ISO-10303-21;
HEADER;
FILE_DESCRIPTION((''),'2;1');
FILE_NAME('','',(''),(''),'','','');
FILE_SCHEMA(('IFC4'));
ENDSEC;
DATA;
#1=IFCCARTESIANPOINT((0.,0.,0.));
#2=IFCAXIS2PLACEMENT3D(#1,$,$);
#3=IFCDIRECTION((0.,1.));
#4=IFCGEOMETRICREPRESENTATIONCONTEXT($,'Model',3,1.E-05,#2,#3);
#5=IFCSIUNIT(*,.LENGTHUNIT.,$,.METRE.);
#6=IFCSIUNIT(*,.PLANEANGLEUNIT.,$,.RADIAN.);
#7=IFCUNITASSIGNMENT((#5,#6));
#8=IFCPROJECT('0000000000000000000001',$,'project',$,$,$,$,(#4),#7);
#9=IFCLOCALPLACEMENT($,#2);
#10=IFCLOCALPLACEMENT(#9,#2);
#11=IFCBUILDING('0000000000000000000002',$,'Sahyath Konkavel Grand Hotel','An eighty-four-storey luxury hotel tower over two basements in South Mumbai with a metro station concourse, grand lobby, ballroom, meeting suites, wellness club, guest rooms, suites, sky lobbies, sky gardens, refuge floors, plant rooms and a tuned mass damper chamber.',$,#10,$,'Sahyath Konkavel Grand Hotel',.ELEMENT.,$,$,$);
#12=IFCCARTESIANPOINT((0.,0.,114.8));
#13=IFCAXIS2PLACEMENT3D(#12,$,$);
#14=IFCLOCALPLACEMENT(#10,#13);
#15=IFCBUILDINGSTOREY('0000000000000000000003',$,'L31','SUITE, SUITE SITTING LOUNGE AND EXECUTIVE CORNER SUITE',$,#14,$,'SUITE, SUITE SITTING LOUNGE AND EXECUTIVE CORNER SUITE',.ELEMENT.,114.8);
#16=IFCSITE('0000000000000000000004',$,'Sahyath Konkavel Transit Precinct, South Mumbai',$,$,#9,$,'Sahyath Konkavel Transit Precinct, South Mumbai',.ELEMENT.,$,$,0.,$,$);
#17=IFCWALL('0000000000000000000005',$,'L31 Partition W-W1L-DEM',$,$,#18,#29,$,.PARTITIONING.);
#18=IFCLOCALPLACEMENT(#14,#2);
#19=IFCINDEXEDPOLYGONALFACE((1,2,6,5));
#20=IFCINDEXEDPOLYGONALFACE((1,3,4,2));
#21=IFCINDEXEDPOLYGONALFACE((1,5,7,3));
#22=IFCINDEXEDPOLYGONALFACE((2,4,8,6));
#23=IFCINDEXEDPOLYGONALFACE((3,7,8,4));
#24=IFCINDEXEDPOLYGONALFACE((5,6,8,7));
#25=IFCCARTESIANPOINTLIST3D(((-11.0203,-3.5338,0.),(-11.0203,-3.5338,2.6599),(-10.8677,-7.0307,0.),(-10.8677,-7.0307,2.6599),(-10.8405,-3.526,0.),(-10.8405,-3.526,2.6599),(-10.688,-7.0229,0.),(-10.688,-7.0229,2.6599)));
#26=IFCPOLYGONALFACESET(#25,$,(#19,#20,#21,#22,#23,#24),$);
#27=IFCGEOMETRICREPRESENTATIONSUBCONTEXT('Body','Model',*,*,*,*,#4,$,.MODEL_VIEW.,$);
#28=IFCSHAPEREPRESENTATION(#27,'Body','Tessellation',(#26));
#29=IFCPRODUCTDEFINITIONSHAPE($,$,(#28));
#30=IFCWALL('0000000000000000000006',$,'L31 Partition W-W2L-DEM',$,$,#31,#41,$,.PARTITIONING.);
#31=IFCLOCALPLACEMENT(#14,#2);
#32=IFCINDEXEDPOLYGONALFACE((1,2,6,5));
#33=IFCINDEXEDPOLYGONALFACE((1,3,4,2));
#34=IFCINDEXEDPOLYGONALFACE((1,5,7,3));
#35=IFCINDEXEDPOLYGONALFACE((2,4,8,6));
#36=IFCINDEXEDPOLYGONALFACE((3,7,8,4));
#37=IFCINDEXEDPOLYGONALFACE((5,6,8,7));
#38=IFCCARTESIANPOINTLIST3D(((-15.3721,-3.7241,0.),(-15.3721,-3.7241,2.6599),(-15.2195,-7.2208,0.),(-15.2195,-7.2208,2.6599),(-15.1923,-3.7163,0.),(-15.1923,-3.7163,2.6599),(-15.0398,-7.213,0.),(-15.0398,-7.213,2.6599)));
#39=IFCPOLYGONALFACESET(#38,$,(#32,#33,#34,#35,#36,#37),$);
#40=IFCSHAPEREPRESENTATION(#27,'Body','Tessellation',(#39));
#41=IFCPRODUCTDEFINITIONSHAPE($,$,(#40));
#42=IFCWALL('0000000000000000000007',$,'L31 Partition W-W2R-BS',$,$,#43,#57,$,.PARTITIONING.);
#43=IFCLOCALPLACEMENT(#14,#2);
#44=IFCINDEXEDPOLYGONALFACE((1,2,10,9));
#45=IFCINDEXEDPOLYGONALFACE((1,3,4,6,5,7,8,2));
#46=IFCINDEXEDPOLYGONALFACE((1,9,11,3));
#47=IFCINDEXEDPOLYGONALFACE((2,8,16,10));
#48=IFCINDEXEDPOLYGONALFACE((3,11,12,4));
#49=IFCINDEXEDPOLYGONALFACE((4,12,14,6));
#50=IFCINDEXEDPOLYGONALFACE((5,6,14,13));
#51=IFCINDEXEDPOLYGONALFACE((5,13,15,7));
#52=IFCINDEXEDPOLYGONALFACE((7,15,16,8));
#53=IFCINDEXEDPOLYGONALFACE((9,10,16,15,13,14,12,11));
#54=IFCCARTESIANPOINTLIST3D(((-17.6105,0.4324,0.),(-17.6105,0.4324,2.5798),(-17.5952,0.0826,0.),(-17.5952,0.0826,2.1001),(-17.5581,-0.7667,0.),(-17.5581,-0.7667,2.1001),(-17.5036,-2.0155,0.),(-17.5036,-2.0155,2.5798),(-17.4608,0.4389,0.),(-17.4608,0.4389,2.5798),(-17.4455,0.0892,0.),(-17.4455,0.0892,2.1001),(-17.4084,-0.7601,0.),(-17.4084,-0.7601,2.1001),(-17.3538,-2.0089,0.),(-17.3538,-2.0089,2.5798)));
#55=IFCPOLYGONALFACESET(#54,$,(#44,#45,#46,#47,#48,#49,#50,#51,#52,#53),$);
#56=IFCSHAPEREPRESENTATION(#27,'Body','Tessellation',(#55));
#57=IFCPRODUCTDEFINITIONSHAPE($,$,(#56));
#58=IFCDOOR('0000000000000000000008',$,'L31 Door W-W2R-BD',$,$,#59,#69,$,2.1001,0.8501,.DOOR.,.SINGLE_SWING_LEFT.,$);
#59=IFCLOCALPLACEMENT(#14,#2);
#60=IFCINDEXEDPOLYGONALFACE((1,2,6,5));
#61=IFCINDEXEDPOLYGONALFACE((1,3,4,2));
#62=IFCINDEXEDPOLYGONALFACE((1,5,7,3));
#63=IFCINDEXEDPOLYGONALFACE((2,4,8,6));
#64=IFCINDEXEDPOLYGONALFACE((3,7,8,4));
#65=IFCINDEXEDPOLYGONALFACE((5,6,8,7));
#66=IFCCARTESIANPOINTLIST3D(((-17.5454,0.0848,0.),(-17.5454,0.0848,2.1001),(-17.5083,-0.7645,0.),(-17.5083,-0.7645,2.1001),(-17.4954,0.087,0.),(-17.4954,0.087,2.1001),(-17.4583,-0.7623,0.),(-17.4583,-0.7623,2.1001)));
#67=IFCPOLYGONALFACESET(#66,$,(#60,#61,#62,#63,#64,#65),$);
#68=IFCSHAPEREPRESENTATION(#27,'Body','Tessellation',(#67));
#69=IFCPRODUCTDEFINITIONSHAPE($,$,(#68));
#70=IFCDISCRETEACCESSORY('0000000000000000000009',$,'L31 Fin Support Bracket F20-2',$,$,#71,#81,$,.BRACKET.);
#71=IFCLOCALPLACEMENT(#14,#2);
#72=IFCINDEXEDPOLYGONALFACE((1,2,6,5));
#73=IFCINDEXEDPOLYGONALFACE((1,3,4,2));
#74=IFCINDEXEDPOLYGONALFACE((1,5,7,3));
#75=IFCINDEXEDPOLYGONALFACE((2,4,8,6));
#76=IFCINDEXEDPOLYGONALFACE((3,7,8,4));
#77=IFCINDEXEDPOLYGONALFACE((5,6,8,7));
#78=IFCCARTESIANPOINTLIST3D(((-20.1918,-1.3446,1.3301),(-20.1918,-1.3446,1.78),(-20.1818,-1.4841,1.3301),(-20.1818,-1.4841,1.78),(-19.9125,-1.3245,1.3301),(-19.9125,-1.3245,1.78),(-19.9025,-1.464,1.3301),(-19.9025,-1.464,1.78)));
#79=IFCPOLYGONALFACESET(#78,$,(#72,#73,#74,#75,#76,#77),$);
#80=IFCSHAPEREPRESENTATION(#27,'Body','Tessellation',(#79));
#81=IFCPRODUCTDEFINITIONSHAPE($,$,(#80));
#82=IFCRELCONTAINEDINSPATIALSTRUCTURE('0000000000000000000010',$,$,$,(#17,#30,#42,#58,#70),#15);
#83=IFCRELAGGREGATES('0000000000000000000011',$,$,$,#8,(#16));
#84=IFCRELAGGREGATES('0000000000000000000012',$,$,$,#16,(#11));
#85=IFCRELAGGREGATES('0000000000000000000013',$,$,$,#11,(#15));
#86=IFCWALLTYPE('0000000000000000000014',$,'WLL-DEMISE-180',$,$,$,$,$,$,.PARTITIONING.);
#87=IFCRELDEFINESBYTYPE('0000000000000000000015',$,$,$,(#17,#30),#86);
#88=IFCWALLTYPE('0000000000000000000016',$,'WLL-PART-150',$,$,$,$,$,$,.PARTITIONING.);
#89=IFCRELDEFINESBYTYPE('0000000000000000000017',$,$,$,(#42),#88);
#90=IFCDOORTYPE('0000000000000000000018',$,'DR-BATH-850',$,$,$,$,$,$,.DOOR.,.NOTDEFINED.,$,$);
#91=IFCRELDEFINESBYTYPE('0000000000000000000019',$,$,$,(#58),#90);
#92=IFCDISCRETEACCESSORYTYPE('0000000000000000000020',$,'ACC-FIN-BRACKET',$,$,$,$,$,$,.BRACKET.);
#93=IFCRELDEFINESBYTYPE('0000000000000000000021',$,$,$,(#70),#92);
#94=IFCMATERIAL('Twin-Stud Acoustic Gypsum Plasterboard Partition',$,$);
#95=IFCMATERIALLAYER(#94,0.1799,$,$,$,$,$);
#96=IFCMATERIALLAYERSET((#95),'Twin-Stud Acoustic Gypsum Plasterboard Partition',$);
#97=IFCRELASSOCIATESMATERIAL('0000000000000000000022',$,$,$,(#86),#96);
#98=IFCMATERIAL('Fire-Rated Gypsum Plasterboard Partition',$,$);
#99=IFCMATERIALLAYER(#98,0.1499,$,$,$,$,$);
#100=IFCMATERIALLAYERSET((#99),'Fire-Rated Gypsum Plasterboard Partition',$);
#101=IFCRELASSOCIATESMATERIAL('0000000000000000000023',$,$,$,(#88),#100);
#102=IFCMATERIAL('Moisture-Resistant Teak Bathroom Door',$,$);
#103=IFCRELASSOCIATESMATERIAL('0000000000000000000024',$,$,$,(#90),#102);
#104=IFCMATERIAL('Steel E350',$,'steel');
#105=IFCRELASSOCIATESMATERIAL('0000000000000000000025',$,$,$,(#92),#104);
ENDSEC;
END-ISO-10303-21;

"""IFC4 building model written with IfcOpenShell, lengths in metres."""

from ifc_helpers import new_model, si_unit, direction, frame, frame_2d, origin, origin_2d, place, context, subcontext, project, spatial, rectangle, extrude, source, transform, mapped, material, layer, layer_set, type_object, element, fill, save


model = new_model("IFC4")

# Units and contexts
model_context = context("Model", 3, precision=1e-05, world=origin(), true_north=direction((0.0, 1.0)))
body_context = subcontext(model_context, "Body", "Model", "MODEL_VIEW")
ifc_project = project(units=[si_unit("LENGTHUNIT", "METRE"), si_unit("PLANEANGLEUNIT", "RADIAN")], contexts=[model_context])

# Site, building, storey
site_placement = place(None, origin())
site = spatial("IfcSite", under=ifc_project, at=site_placement, Name="Sahyath Konkavel Transit Precinct, South Mumbai", LongName="Sahyath Konkavel Transit Precinct, South Mumbai", CompositionType="ELEMENT", RefElevation=0.0)
building_placement = place(site_placement, origin())
building = spatial("IfcBuilding", under=site, at=building_placement, Name="Sahyath Konkavel Grand Hotel", Description="An eighty-four-storey luxury hotel tower over two basements in South Mumbai with a metro station concourse, grand lobby, ballroom, meeting suites, wellness club, guest rooms, suites, sky lobbies, sky gardens, refuge floors, plant rooms and a tuned mass damper chamber.", LongName="Sahyath Konkavel Grand Hotel", CompositionType="ELEMENT")
storey_placement = place(building_placement, frame((0.0, 0.0, 114.8)))
storey = spatial("IfcBuildingStorey", under=building, at=storey_placement, Name="L31", Description="SUITE, SUITE SITTING LOUNGE AND EXECUTIVE CORNER SUITE", LongName="SUITE, SUITE SITTING LOUNGE AND EXECUTIVE CORNER SUITE", CompositionType="ELEMENT", Elevation=114.8)

# Shared definitions
ifc_material_1 = material(Name="Steel E350", Category="steel")

# Walls
ifc_material_2 = material(Name="Twin-Stud Acoustic Gypsum Plasterboard Partition")
ifc_layer_1 = layer(ifc_material_2, 0.1799)
ifc_layer_set_1 = layer_set([ifc_layer_1], Name="Twin-Stud Acoustic Gypsum Plasterboard Partition")
wall_type_1 = type_object("IfcWallType", Name="WLL-DEMISE-180", PredefinedType="PARTITIONING", material=ifc_layer_set_1)
wall_1_placement = place(storey_placement, frame((-10.9304, -3.53, 0.0), z_axis=(0.0, 0.0, 1.0), x_axis=(0.043595, -0.999049, 0.0)))
element("IfcWall", 1, at=wall_1_placement, inside=storey, type_object=wall_type_1, Name="L31 Partition W-W1L-DEM", PredefinedType="PARTITIONING", context=body_context, shape_type="SweptSolid", body=[
    extrude(rectangle(XDim=3.5002, YDim=0.1799, at=frame_2d((1.75, 0.0))), origin(), (0.0, 0.0, 1.0), 2.6599),
])
wall_2_placement = place(storey_placement, frame((-15.2822, -3.7202, 0.0), z_axis=(0.0, 0.0, 1.0), x_axis=(0.043598, -0.999049, 0.0)))
element("IfcWall", 2, at=wall_2_placement, inside=storey, type_object=wall_type_1, Name="L31 Partition W-W2L-DEM", PredefinedType="PARTITIONING", context=body_context, shape_type="SweptSolid", body=[
    extrude(rectangle(XDim=3.5, YDim=0.1799, at=frame_2d((1.75, 0.0))), origin(), (0.0, 0.0, 1.0), 2.6599),
])

# Wall, opening, door
ifc_material_3 = material(Name="Fire-Rated Gypsum Plasterboard Partition")
ifc_layer_2 = layer(ifc_material_3, 0.1499)
ifc_layer_set_2 = layer_set([ifc_layer_2], Name="Fire-Rated Gypsum Plasterboard Partition")
wall_type_2 = type_object("IfcWallType", Name="WLL-PART-150", PredefinedType="PARTITIONING", material=ifc_layer_set_2)
wall_3_placement = place(storey_placement, frame((-17.4287, -2.0122, 0.0), z_axis=(0.0, 0.0, 1.0), x_axis=(-0.043645, 0.999047, 0.0)))
wall_3 = element("IfcWall", 3, at=wall_3_placement, inside=storey, type_object=wall_type_2, Name="L31 Partition W-W2R-BS", PredefinedType="PARTITIONING", context=body_context, shape_type="SweptSolid", body=[
    extrude(rectangle(XDim=2.4502, YDim=0.1499, at=frame_2d((1.2251, 0.0))), origin(), (0.0, 0.0, 1.0), 2.5798),
])
opening_placement = place(wall_3_placement, frame((1.25, 0.0, 0.0)))
opening = element("IfcOpeningElement", 4, at=opening_placement, cuts=wall_3, PredefinedType="OPENING", context=body_context, shape_type="SweptSolid", body=[
    extrude(rectangle(XDim=0.8501, YDim=2.1001, at=frame_2d((0.425, 1.05))), frame((0.0, 0.085, 0.0), z_axis=(0.0, -1.0, 0.0), x_axis=(1.0, 0.0, 0.0)), (0.0, 0.0, 1.0), 0.1699),
])
ifc_material_4 = material(Name="Moisture-Resistant Teak Bathroom Door")
door_type = type_object("IfcDoorType", Name="DR-BATH-850", OperationType="NOTDEFINED", PredefinedType="DOOR", material=ifc_material_4)
shared_shape_1 = source(origin(), body_context, "Body", "SweptSolid", [
    extrude(rectangle(XDim=0.8501, YDim=0.05, at=origin_2d()), origin(), (0.0, 0.0, 1.0), 2.1001),
])
door_placement = place(opening_placement, frame((0.425, 0.0, 0.0)))
door = element("IfcDoor", 5, at=door_placement, inside=storey, type_object=door_type, Name="L31 Door W-W2R-BD", OperationType="SINGLE_SWING_LEFT", OverallHeight=2.1001, OverallWidth=0.8501, PredefinedType="DOOR", context=body_context, shape_type="MappedRepresentation", body=[
    mapped(shared_shape_1, transform((0.0, 0.0, 0.0), scale=1.0)),
])
fill(opening, door)

# Discrete accessory
discrete_accessory_type = type_object("IfcDiscreteAccessoryType", Name="ACC-FIN-BRACKET", PredefinedType="BRACKET", material=ifc_material_1)
shared_shape_2 = source(origin(), body_context, "Body", "SweptSolid", [
    extrude(rectangle(XDim=0.28, YDim=0.1399, at=origin_2d()), origin(), (0.0, 0.0, 1.0), 0.45),
])
discrete_accessory_placement = place(storey_placement, frame((-20.0471, -1.4043, 1.3301), z_axis=(0.0, 0.0, 1.0), x_axis=(-0.997436, -0.071567, 0.0)))
element("IfcDiscreteAccessory", 6, at=discrete_accessory_placement, inside=storey, type_object=discrete_accessory_type, Name="L31 Fin Support Bracket F20-2", PredefinedType="BRACKET", context=body_context, shape_type="MappedRepresentation", body=[
    mapped(shared_shape_2, transform((0.0, 0.0, 0.0), scale=1.0)),
])

save(model, "model.ifc")
